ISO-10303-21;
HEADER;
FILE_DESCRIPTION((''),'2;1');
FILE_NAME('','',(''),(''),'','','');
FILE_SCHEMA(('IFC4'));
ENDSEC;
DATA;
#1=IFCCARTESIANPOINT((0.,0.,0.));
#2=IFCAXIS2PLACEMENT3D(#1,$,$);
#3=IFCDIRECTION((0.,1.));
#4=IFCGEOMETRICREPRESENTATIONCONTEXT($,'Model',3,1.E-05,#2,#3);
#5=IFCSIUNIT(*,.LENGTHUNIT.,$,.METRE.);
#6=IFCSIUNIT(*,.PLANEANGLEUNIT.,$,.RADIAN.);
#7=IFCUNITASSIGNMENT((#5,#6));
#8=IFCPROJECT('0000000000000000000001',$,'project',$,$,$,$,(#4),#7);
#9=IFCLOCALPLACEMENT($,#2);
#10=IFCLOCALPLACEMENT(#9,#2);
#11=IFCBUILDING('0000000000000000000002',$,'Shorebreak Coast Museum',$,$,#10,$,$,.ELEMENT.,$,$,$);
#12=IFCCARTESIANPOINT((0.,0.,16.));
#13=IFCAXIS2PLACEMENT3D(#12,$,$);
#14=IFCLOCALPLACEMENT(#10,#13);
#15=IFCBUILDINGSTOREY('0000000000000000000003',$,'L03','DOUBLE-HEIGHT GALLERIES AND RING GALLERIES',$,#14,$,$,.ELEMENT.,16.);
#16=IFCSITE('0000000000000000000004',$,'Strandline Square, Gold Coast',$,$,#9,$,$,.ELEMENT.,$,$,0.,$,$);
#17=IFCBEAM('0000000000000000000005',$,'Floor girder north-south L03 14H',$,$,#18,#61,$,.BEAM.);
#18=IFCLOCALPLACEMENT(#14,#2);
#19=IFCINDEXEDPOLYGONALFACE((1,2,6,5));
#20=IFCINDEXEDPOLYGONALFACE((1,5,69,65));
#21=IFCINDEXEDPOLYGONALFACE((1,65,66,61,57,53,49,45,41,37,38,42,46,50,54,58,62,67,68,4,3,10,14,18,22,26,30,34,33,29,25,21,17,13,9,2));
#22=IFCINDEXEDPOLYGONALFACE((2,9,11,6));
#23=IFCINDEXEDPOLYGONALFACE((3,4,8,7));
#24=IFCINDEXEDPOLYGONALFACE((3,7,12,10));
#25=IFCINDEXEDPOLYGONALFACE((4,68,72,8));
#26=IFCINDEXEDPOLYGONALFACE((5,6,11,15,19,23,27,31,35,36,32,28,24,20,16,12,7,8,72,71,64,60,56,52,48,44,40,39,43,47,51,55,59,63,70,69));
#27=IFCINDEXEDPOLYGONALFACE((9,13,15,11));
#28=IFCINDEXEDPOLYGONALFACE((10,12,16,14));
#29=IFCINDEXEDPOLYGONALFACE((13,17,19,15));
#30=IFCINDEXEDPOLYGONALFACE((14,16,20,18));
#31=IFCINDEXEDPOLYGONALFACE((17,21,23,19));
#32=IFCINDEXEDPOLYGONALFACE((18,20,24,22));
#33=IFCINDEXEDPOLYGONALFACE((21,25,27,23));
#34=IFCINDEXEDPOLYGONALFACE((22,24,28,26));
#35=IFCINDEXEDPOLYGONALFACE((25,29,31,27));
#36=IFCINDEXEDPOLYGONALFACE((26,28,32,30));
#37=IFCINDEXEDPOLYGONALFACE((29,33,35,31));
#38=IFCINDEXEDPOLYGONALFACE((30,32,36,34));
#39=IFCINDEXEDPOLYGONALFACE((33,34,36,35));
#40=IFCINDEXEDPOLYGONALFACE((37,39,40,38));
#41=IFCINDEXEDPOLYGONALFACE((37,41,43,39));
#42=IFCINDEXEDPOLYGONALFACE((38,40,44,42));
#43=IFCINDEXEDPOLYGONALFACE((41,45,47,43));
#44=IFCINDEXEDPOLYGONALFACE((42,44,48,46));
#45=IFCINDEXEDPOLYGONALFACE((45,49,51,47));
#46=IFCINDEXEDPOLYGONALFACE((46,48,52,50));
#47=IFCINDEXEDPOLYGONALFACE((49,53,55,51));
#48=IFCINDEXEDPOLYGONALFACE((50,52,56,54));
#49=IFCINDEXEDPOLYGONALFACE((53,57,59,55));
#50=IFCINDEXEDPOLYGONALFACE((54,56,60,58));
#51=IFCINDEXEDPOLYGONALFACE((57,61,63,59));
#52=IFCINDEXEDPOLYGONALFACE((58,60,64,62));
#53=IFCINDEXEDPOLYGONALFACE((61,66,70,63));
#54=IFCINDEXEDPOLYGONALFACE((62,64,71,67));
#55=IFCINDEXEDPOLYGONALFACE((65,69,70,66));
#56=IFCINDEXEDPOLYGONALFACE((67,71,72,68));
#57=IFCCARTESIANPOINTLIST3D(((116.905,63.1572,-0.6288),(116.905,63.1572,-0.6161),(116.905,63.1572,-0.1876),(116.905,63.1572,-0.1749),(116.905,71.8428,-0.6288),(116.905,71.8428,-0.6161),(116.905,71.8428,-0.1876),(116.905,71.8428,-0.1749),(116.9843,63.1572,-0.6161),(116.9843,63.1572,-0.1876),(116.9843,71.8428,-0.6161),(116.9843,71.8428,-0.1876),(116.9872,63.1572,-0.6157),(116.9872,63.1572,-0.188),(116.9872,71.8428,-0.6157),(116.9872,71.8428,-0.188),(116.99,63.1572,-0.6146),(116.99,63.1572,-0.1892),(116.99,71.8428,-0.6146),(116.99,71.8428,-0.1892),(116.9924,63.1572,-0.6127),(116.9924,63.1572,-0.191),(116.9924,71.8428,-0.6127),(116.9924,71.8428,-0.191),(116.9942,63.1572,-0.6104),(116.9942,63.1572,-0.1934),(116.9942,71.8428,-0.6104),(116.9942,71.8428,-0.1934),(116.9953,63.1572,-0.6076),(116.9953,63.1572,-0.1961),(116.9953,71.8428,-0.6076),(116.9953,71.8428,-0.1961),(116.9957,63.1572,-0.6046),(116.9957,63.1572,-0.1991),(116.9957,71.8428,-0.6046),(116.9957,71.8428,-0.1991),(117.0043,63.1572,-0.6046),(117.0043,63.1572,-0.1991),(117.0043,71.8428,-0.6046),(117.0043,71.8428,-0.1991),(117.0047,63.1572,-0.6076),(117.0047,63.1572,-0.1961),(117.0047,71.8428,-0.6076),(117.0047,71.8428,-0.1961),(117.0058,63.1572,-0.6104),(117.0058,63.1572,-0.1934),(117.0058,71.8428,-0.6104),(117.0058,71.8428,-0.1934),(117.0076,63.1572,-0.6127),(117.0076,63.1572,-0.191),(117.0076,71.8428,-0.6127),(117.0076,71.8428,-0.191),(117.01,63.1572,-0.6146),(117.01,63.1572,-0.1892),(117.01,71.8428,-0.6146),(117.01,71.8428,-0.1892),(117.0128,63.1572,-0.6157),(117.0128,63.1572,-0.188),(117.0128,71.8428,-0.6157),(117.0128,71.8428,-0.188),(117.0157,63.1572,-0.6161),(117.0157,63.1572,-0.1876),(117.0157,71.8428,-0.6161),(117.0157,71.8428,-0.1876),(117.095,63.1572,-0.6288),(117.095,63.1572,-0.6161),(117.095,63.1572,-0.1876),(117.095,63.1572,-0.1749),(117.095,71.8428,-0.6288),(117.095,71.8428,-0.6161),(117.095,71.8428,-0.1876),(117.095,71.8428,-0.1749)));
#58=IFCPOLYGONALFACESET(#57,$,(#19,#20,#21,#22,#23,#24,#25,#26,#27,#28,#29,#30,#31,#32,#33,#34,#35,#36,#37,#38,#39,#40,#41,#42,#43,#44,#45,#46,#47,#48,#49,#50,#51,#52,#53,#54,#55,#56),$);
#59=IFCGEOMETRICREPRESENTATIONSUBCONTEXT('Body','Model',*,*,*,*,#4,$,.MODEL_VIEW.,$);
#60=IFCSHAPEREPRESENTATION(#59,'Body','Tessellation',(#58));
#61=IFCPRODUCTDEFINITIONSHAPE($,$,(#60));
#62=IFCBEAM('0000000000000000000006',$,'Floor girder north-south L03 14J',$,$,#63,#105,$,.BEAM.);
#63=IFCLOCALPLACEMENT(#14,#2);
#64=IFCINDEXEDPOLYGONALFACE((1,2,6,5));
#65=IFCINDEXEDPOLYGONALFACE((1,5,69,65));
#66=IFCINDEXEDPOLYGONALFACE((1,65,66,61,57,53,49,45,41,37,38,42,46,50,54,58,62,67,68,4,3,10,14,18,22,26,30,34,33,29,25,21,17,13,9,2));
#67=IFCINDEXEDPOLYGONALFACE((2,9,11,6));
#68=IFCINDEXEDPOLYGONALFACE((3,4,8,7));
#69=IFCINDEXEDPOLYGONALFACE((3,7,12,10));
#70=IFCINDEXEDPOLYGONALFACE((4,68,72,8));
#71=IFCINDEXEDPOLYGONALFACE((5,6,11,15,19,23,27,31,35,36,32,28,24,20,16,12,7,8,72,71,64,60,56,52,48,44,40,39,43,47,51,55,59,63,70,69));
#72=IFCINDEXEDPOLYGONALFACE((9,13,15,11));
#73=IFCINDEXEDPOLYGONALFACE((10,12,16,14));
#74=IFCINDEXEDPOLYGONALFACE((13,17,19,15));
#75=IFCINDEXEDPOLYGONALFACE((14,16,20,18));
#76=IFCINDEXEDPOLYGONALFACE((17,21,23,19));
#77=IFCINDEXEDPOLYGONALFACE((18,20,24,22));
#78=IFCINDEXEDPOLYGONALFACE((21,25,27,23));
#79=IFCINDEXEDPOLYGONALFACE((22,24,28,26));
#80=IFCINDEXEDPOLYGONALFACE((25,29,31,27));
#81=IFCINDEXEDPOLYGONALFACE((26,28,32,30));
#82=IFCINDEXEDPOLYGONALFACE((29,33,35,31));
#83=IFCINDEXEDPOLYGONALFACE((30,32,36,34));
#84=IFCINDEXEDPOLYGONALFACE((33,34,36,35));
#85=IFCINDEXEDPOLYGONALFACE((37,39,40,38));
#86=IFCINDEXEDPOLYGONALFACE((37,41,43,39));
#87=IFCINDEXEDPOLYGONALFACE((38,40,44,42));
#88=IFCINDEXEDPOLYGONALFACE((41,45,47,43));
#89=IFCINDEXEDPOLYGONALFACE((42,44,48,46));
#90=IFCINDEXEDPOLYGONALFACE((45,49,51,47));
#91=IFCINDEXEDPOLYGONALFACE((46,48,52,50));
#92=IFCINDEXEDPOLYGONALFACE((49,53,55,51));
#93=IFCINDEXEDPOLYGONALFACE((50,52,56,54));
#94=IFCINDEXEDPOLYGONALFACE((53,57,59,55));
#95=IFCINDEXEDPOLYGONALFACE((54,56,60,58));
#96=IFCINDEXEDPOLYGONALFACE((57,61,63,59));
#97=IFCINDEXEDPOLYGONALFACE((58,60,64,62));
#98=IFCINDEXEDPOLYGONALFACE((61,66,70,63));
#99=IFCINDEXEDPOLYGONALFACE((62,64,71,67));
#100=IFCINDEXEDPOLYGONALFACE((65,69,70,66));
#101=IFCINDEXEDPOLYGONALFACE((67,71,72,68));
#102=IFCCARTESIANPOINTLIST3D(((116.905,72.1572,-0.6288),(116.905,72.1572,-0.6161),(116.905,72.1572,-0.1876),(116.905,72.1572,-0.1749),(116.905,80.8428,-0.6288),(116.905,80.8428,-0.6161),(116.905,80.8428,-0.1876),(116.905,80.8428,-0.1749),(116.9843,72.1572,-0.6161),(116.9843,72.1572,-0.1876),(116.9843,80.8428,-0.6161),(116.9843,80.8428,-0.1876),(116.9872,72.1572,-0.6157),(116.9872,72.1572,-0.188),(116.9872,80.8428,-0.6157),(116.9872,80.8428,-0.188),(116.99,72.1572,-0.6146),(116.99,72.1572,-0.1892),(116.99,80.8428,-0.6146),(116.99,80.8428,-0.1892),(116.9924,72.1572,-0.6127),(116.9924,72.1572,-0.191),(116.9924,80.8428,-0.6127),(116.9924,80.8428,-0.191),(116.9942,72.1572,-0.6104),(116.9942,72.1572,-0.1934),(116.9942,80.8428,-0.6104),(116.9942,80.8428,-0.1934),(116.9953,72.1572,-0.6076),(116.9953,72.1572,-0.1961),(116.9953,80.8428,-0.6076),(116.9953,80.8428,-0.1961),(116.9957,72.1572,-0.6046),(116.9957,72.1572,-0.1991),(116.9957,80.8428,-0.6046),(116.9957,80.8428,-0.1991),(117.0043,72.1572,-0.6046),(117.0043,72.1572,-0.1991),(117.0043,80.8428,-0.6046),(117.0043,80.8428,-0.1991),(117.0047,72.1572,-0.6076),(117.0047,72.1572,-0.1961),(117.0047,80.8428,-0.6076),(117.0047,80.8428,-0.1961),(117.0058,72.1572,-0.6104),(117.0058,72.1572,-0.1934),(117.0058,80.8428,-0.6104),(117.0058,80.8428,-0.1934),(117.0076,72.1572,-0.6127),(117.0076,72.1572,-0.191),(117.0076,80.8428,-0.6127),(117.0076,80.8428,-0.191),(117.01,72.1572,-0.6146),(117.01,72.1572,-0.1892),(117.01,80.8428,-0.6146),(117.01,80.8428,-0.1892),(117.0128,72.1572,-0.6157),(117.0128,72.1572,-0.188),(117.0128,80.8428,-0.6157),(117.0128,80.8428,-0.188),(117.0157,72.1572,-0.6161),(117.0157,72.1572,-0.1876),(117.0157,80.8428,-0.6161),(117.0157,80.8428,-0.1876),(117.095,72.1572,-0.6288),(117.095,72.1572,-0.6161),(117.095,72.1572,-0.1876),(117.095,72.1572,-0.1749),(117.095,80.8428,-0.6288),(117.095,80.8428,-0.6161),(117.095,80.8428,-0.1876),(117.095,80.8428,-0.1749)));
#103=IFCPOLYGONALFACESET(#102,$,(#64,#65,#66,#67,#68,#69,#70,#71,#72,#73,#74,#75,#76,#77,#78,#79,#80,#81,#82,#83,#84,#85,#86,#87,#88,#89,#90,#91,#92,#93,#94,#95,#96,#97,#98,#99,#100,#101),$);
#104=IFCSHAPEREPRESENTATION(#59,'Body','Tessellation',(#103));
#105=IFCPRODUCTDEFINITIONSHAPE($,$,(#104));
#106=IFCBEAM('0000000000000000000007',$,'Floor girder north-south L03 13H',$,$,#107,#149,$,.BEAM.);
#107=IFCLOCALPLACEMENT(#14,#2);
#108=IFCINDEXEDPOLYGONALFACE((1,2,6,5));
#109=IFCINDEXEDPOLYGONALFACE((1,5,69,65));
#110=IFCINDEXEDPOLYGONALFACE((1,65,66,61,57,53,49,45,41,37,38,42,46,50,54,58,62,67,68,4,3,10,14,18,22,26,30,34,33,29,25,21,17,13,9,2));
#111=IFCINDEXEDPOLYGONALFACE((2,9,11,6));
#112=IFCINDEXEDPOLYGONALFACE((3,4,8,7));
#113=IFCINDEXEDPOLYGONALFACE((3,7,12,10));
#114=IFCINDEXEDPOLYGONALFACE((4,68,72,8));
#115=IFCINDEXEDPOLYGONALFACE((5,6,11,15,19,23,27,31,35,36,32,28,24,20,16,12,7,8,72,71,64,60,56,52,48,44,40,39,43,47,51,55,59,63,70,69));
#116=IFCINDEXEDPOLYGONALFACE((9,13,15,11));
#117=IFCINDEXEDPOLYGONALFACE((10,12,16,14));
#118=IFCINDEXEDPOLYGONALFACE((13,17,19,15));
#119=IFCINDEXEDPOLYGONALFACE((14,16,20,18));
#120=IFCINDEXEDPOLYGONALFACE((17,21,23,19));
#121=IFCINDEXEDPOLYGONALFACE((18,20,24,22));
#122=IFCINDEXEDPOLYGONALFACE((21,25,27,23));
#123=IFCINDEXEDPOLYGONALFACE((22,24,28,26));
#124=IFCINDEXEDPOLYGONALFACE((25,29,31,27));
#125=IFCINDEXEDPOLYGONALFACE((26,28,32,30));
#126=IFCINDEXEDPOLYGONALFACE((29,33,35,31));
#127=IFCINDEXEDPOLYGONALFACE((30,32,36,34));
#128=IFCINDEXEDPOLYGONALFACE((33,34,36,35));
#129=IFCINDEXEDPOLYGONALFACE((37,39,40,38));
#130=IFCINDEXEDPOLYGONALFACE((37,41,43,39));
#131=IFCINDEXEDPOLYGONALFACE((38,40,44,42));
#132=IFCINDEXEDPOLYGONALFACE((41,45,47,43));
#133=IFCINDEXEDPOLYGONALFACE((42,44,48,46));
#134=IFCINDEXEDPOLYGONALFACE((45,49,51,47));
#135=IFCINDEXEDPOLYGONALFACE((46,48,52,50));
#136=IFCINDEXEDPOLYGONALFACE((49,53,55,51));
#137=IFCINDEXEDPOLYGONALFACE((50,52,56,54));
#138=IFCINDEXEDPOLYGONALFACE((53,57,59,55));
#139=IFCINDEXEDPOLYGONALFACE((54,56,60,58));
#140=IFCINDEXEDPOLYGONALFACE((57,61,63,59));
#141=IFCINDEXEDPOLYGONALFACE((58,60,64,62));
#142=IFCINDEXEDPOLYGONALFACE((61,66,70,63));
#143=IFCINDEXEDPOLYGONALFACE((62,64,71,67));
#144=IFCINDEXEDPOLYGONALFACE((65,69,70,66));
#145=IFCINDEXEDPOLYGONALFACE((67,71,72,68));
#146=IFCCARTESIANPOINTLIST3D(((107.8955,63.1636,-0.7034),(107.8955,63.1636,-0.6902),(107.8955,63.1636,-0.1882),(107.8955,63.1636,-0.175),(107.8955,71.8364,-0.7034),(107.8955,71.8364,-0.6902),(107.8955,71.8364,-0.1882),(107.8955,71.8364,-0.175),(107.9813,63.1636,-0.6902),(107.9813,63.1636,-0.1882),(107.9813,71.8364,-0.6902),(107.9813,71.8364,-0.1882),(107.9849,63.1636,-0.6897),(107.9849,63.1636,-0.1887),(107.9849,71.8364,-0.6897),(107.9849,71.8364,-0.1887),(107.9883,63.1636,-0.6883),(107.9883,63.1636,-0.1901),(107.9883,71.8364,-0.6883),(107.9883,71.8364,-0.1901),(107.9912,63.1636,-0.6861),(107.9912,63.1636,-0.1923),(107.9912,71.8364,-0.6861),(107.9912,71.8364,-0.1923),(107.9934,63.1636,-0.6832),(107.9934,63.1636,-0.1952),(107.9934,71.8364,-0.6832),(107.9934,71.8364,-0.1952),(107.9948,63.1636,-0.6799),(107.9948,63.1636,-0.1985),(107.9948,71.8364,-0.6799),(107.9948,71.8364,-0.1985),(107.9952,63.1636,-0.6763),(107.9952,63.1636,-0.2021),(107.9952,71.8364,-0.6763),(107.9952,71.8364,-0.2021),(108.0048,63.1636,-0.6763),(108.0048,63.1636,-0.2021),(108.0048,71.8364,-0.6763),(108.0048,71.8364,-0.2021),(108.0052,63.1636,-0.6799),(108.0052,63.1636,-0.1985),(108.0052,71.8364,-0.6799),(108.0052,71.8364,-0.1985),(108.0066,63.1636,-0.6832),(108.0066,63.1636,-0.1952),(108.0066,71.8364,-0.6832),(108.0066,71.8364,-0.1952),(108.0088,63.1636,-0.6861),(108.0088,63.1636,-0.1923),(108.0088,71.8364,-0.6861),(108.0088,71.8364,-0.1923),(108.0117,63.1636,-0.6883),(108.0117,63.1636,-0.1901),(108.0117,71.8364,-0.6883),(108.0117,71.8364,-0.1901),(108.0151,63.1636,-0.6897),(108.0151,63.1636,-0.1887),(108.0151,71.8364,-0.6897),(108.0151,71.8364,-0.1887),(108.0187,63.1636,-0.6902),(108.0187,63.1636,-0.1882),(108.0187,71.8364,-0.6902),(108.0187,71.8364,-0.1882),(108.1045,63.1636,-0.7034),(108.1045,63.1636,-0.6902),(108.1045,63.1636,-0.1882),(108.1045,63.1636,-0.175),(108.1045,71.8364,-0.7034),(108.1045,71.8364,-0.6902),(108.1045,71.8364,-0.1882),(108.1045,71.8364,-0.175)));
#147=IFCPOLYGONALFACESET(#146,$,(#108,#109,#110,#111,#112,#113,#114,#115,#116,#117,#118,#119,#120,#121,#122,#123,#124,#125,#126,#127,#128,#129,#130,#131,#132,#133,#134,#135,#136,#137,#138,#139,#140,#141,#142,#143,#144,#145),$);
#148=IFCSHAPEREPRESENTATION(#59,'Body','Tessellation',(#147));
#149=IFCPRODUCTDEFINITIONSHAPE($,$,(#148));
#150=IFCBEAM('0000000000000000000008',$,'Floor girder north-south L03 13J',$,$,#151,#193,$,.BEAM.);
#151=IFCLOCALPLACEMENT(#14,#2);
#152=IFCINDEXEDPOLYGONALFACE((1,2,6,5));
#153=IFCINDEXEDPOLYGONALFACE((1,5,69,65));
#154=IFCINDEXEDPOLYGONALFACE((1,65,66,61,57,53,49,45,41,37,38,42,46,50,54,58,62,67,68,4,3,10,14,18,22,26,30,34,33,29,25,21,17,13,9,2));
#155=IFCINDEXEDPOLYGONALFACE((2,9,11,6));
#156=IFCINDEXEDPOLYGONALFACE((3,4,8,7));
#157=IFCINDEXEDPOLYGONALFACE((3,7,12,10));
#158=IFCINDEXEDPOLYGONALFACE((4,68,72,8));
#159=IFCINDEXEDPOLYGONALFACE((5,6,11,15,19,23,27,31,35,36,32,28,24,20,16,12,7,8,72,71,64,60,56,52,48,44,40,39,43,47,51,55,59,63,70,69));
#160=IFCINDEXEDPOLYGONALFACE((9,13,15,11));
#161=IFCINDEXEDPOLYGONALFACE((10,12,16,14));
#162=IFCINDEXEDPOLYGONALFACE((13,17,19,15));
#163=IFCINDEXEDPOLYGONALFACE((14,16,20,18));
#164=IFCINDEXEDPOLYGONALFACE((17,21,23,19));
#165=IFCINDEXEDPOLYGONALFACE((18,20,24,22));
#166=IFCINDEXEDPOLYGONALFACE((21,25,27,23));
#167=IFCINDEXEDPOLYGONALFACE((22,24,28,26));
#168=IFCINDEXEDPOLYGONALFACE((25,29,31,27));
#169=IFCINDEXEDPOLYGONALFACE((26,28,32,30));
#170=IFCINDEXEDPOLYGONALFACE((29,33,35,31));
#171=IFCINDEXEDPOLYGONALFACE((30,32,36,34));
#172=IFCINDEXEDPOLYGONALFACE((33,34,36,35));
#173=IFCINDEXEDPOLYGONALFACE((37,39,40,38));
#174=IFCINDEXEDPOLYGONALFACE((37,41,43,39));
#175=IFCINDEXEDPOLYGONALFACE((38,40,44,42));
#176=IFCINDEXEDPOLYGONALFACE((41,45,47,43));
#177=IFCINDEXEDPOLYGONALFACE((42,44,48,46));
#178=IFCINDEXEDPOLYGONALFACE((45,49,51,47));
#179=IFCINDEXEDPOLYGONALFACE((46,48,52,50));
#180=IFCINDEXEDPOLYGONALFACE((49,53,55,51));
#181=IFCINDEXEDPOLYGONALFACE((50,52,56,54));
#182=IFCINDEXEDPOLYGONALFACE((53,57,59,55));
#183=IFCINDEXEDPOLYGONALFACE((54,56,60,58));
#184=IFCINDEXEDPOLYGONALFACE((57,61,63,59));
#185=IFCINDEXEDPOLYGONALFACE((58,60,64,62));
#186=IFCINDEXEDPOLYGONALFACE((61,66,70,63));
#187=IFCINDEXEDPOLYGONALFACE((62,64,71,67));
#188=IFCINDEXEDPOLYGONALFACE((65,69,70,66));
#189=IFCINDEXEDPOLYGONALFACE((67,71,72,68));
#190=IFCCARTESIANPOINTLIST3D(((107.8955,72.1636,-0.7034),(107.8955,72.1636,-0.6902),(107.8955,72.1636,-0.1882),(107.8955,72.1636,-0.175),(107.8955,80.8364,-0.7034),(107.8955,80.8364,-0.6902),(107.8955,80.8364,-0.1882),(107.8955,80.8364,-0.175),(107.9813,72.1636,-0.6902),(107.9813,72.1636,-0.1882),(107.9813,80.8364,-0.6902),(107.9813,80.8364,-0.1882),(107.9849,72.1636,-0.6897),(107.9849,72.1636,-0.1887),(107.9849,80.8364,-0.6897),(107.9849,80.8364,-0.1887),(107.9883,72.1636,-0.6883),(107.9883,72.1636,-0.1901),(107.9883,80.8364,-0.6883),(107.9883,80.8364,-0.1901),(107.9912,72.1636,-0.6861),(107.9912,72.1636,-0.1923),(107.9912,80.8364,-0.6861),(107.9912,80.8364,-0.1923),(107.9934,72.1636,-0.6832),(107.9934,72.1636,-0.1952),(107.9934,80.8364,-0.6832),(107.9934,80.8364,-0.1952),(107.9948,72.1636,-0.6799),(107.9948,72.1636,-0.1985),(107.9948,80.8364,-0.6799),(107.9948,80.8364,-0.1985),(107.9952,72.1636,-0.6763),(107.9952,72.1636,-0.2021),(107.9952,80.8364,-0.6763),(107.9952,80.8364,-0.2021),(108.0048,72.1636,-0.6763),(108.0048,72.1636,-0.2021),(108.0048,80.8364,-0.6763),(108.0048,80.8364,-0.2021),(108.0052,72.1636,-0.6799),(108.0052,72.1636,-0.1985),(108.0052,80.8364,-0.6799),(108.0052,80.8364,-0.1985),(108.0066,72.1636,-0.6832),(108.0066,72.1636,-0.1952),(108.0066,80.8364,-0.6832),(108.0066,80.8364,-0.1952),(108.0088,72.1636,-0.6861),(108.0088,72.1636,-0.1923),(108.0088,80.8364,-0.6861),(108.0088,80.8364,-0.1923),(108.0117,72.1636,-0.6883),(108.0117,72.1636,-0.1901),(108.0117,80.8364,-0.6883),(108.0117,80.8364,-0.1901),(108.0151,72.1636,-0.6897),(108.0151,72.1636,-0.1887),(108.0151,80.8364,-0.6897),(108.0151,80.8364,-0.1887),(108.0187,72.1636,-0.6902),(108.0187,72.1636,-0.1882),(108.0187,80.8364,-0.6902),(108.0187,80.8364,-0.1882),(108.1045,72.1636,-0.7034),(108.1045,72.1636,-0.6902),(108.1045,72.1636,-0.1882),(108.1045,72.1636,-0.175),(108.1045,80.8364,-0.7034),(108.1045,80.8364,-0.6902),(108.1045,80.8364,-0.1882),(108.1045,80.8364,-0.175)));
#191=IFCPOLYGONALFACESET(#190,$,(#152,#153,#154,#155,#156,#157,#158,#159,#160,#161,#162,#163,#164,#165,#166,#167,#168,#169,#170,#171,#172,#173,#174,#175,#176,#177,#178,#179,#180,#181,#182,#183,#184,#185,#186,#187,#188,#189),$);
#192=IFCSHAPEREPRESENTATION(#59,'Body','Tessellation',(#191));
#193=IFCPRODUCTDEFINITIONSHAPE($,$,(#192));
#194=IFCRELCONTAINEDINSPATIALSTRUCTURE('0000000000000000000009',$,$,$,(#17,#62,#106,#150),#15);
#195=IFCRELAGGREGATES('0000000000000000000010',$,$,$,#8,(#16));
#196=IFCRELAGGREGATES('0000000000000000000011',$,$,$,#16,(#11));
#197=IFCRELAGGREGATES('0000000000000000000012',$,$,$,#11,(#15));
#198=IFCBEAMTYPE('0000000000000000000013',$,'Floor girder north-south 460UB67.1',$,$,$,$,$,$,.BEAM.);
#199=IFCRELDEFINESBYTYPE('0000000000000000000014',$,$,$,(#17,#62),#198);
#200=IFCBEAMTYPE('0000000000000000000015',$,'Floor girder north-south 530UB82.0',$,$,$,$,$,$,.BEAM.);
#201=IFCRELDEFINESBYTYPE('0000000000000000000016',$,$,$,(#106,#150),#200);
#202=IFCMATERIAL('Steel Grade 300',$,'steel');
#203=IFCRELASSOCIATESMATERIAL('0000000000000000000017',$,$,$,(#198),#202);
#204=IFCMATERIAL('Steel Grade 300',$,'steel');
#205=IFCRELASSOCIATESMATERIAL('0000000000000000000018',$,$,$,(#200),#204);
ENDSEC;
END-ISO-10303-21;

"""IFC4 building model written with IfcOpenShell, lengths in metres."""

from ifc_helpers import new_model, si_unit, direction, frame, origin, origin_2d, place, context, subcontext, project, spatial, i_section, extrude, material, material_profile, profile_set, type_object, element, save


model = new_model("IFC4")

# Units and contexts
model_context = context("Model", 3, precision=1e-05, world=origin(), true_north=direction((0.0, 1.0)))
body_context = subcontext(model_context, "Body", "Model", "MODEL_VIEW")
ifc_project = project(units=[si_unit("LENGTHUNIT", "METRE"), si_unit("PLANEANGLEUNIT", "RADIAN")], contexts=[model_context])

# Site, building, storey
site_placement = place(None, origin())
site = spatial("IfcSite", under=ifc_project, at=site_placement, Name="Strandline Square, Gold Coast", CompositionType="ELEMENT", RefElevation=0.0)
building_placement = place(site_placement, origin())
building = spatial("IfcBuilding", under=site, at=building_placement, Name="Shorebreak Coast Museum", CompositionType="ELEMENT")
storey_placement = place(building_placement, frame((0.0, 0.0, 16.0)))
storey = spatial("IfcBuildingStorey", under=building, at=storey_placement, Name="L03", Description="DOUBLE-HEIGHT GALLERIES AND RING GALLERIES", CompositionType="ELEMENT", Elevation=16.0)

# Beams
ifc_material_1 = material(Name="Steel Grade 300", Category="steel")
ifc_material_profile_1 = material_profile(ifc_material_1, i_section(OverallWidth=0.1899, OverallDepth=0.4539, WebThickness=0.0085, FlangeThickness=0.0127, FilletRadius=0.0115, at=origin_2d()), Name="460UB67.1")
ifc_profile_set_1 = profile_set([ifc_material_profile_1], Name="Steel Grade 300")
beam_type_1 = type_object("IfcBeamType", Name="Floor girder north-south 460UB67.1", PredefinedType="BEAM", material=ifc_profile_set_1)
for number, where, z_axis, x_axis, name in (
    (1, (117.0, 63.1572, -0.4019), (0.0, 1.0, 0.0), (-1.0, 0.0, 0.0), "Floor girder north-south L03 14H"),
    (2, (117.0, 72.1572, -0.4019), (0.0, 1.0, 0.0), (-1.0, 0.0, 0.0), "Floor girder north-south L03 14J"),
):
    element("IfcBeam", number, at=place(storey_placement, frame(where, z_axis=z_axis, x_axis=x_axis)), inside=storey, type_object=beam_type_1, Name=name, PredefinedType="BEAM", context=body_context, shape_type="SweptSolid", body=[
        extrude(i_section(OverallWidth=0.1899, OverallDepth=0.4539, WebThickness=0.0085, FlangeThickness=0.0127, FilletRadius=0.0115, at=origin_2d()), origin(), (0.0, 0.0, 1.0), 8.6855),
    ])
ifc_material_2 = material(Name="Steel Grade 300", Category="steel")
ifc_material_profile_2 = material_profile(ifc_material_2, i_section(OverallWidth=0.209, OverallDepth=0.5283, WebThickness=0.0095, FlangeThickness=0.0132, FilletRadius=0.0139, at=origin_2d()), Name="530UB82.0")
ifc_profile_set_2 = profile_set([ifc_material_profile_2], Name="Steel Grade 300")
beam_type_2 = type_object("IfcBeamType", Name="Floor girder north-south 530UB82.0", PredefinedType="BEAM", material=ifc_profile_set_2)
for number, where, z_axis, x_axis, name in (
    (3, (108.0, 63.1636, -0.4392), (0.0, 1.0, 0.0), (-1.0, 0.0, 0.0), "Floor girder north-south L03 13H"),
    (4, (108.0, 72.1636, -0.4392), (0.0, 1.0, 0.0), (-1.0, 0.0, 0.0), "Floor girder north-south L03 13J"),
):
    element("IfcBeam", number, at=place(storey_placement, frame(where, z_axis=z_axis, x_axis=x_axis)), inside=storey, type_object=beam_type_2, Name=name, PredefinedType="BEAM", context=body_context, shape_type="SweptSolid", body=[
        extrude(i_section(OverallWidth=0.209, OverallDepth=0.5283, WebThickness=0.0095, FlangeThickness=0.0132, FilletRadius=0.0139, at=origin_2d()), origin(), (0.0, 0.0, 1.0), 8.6729),
    ])

save(model, "model.ifc")
